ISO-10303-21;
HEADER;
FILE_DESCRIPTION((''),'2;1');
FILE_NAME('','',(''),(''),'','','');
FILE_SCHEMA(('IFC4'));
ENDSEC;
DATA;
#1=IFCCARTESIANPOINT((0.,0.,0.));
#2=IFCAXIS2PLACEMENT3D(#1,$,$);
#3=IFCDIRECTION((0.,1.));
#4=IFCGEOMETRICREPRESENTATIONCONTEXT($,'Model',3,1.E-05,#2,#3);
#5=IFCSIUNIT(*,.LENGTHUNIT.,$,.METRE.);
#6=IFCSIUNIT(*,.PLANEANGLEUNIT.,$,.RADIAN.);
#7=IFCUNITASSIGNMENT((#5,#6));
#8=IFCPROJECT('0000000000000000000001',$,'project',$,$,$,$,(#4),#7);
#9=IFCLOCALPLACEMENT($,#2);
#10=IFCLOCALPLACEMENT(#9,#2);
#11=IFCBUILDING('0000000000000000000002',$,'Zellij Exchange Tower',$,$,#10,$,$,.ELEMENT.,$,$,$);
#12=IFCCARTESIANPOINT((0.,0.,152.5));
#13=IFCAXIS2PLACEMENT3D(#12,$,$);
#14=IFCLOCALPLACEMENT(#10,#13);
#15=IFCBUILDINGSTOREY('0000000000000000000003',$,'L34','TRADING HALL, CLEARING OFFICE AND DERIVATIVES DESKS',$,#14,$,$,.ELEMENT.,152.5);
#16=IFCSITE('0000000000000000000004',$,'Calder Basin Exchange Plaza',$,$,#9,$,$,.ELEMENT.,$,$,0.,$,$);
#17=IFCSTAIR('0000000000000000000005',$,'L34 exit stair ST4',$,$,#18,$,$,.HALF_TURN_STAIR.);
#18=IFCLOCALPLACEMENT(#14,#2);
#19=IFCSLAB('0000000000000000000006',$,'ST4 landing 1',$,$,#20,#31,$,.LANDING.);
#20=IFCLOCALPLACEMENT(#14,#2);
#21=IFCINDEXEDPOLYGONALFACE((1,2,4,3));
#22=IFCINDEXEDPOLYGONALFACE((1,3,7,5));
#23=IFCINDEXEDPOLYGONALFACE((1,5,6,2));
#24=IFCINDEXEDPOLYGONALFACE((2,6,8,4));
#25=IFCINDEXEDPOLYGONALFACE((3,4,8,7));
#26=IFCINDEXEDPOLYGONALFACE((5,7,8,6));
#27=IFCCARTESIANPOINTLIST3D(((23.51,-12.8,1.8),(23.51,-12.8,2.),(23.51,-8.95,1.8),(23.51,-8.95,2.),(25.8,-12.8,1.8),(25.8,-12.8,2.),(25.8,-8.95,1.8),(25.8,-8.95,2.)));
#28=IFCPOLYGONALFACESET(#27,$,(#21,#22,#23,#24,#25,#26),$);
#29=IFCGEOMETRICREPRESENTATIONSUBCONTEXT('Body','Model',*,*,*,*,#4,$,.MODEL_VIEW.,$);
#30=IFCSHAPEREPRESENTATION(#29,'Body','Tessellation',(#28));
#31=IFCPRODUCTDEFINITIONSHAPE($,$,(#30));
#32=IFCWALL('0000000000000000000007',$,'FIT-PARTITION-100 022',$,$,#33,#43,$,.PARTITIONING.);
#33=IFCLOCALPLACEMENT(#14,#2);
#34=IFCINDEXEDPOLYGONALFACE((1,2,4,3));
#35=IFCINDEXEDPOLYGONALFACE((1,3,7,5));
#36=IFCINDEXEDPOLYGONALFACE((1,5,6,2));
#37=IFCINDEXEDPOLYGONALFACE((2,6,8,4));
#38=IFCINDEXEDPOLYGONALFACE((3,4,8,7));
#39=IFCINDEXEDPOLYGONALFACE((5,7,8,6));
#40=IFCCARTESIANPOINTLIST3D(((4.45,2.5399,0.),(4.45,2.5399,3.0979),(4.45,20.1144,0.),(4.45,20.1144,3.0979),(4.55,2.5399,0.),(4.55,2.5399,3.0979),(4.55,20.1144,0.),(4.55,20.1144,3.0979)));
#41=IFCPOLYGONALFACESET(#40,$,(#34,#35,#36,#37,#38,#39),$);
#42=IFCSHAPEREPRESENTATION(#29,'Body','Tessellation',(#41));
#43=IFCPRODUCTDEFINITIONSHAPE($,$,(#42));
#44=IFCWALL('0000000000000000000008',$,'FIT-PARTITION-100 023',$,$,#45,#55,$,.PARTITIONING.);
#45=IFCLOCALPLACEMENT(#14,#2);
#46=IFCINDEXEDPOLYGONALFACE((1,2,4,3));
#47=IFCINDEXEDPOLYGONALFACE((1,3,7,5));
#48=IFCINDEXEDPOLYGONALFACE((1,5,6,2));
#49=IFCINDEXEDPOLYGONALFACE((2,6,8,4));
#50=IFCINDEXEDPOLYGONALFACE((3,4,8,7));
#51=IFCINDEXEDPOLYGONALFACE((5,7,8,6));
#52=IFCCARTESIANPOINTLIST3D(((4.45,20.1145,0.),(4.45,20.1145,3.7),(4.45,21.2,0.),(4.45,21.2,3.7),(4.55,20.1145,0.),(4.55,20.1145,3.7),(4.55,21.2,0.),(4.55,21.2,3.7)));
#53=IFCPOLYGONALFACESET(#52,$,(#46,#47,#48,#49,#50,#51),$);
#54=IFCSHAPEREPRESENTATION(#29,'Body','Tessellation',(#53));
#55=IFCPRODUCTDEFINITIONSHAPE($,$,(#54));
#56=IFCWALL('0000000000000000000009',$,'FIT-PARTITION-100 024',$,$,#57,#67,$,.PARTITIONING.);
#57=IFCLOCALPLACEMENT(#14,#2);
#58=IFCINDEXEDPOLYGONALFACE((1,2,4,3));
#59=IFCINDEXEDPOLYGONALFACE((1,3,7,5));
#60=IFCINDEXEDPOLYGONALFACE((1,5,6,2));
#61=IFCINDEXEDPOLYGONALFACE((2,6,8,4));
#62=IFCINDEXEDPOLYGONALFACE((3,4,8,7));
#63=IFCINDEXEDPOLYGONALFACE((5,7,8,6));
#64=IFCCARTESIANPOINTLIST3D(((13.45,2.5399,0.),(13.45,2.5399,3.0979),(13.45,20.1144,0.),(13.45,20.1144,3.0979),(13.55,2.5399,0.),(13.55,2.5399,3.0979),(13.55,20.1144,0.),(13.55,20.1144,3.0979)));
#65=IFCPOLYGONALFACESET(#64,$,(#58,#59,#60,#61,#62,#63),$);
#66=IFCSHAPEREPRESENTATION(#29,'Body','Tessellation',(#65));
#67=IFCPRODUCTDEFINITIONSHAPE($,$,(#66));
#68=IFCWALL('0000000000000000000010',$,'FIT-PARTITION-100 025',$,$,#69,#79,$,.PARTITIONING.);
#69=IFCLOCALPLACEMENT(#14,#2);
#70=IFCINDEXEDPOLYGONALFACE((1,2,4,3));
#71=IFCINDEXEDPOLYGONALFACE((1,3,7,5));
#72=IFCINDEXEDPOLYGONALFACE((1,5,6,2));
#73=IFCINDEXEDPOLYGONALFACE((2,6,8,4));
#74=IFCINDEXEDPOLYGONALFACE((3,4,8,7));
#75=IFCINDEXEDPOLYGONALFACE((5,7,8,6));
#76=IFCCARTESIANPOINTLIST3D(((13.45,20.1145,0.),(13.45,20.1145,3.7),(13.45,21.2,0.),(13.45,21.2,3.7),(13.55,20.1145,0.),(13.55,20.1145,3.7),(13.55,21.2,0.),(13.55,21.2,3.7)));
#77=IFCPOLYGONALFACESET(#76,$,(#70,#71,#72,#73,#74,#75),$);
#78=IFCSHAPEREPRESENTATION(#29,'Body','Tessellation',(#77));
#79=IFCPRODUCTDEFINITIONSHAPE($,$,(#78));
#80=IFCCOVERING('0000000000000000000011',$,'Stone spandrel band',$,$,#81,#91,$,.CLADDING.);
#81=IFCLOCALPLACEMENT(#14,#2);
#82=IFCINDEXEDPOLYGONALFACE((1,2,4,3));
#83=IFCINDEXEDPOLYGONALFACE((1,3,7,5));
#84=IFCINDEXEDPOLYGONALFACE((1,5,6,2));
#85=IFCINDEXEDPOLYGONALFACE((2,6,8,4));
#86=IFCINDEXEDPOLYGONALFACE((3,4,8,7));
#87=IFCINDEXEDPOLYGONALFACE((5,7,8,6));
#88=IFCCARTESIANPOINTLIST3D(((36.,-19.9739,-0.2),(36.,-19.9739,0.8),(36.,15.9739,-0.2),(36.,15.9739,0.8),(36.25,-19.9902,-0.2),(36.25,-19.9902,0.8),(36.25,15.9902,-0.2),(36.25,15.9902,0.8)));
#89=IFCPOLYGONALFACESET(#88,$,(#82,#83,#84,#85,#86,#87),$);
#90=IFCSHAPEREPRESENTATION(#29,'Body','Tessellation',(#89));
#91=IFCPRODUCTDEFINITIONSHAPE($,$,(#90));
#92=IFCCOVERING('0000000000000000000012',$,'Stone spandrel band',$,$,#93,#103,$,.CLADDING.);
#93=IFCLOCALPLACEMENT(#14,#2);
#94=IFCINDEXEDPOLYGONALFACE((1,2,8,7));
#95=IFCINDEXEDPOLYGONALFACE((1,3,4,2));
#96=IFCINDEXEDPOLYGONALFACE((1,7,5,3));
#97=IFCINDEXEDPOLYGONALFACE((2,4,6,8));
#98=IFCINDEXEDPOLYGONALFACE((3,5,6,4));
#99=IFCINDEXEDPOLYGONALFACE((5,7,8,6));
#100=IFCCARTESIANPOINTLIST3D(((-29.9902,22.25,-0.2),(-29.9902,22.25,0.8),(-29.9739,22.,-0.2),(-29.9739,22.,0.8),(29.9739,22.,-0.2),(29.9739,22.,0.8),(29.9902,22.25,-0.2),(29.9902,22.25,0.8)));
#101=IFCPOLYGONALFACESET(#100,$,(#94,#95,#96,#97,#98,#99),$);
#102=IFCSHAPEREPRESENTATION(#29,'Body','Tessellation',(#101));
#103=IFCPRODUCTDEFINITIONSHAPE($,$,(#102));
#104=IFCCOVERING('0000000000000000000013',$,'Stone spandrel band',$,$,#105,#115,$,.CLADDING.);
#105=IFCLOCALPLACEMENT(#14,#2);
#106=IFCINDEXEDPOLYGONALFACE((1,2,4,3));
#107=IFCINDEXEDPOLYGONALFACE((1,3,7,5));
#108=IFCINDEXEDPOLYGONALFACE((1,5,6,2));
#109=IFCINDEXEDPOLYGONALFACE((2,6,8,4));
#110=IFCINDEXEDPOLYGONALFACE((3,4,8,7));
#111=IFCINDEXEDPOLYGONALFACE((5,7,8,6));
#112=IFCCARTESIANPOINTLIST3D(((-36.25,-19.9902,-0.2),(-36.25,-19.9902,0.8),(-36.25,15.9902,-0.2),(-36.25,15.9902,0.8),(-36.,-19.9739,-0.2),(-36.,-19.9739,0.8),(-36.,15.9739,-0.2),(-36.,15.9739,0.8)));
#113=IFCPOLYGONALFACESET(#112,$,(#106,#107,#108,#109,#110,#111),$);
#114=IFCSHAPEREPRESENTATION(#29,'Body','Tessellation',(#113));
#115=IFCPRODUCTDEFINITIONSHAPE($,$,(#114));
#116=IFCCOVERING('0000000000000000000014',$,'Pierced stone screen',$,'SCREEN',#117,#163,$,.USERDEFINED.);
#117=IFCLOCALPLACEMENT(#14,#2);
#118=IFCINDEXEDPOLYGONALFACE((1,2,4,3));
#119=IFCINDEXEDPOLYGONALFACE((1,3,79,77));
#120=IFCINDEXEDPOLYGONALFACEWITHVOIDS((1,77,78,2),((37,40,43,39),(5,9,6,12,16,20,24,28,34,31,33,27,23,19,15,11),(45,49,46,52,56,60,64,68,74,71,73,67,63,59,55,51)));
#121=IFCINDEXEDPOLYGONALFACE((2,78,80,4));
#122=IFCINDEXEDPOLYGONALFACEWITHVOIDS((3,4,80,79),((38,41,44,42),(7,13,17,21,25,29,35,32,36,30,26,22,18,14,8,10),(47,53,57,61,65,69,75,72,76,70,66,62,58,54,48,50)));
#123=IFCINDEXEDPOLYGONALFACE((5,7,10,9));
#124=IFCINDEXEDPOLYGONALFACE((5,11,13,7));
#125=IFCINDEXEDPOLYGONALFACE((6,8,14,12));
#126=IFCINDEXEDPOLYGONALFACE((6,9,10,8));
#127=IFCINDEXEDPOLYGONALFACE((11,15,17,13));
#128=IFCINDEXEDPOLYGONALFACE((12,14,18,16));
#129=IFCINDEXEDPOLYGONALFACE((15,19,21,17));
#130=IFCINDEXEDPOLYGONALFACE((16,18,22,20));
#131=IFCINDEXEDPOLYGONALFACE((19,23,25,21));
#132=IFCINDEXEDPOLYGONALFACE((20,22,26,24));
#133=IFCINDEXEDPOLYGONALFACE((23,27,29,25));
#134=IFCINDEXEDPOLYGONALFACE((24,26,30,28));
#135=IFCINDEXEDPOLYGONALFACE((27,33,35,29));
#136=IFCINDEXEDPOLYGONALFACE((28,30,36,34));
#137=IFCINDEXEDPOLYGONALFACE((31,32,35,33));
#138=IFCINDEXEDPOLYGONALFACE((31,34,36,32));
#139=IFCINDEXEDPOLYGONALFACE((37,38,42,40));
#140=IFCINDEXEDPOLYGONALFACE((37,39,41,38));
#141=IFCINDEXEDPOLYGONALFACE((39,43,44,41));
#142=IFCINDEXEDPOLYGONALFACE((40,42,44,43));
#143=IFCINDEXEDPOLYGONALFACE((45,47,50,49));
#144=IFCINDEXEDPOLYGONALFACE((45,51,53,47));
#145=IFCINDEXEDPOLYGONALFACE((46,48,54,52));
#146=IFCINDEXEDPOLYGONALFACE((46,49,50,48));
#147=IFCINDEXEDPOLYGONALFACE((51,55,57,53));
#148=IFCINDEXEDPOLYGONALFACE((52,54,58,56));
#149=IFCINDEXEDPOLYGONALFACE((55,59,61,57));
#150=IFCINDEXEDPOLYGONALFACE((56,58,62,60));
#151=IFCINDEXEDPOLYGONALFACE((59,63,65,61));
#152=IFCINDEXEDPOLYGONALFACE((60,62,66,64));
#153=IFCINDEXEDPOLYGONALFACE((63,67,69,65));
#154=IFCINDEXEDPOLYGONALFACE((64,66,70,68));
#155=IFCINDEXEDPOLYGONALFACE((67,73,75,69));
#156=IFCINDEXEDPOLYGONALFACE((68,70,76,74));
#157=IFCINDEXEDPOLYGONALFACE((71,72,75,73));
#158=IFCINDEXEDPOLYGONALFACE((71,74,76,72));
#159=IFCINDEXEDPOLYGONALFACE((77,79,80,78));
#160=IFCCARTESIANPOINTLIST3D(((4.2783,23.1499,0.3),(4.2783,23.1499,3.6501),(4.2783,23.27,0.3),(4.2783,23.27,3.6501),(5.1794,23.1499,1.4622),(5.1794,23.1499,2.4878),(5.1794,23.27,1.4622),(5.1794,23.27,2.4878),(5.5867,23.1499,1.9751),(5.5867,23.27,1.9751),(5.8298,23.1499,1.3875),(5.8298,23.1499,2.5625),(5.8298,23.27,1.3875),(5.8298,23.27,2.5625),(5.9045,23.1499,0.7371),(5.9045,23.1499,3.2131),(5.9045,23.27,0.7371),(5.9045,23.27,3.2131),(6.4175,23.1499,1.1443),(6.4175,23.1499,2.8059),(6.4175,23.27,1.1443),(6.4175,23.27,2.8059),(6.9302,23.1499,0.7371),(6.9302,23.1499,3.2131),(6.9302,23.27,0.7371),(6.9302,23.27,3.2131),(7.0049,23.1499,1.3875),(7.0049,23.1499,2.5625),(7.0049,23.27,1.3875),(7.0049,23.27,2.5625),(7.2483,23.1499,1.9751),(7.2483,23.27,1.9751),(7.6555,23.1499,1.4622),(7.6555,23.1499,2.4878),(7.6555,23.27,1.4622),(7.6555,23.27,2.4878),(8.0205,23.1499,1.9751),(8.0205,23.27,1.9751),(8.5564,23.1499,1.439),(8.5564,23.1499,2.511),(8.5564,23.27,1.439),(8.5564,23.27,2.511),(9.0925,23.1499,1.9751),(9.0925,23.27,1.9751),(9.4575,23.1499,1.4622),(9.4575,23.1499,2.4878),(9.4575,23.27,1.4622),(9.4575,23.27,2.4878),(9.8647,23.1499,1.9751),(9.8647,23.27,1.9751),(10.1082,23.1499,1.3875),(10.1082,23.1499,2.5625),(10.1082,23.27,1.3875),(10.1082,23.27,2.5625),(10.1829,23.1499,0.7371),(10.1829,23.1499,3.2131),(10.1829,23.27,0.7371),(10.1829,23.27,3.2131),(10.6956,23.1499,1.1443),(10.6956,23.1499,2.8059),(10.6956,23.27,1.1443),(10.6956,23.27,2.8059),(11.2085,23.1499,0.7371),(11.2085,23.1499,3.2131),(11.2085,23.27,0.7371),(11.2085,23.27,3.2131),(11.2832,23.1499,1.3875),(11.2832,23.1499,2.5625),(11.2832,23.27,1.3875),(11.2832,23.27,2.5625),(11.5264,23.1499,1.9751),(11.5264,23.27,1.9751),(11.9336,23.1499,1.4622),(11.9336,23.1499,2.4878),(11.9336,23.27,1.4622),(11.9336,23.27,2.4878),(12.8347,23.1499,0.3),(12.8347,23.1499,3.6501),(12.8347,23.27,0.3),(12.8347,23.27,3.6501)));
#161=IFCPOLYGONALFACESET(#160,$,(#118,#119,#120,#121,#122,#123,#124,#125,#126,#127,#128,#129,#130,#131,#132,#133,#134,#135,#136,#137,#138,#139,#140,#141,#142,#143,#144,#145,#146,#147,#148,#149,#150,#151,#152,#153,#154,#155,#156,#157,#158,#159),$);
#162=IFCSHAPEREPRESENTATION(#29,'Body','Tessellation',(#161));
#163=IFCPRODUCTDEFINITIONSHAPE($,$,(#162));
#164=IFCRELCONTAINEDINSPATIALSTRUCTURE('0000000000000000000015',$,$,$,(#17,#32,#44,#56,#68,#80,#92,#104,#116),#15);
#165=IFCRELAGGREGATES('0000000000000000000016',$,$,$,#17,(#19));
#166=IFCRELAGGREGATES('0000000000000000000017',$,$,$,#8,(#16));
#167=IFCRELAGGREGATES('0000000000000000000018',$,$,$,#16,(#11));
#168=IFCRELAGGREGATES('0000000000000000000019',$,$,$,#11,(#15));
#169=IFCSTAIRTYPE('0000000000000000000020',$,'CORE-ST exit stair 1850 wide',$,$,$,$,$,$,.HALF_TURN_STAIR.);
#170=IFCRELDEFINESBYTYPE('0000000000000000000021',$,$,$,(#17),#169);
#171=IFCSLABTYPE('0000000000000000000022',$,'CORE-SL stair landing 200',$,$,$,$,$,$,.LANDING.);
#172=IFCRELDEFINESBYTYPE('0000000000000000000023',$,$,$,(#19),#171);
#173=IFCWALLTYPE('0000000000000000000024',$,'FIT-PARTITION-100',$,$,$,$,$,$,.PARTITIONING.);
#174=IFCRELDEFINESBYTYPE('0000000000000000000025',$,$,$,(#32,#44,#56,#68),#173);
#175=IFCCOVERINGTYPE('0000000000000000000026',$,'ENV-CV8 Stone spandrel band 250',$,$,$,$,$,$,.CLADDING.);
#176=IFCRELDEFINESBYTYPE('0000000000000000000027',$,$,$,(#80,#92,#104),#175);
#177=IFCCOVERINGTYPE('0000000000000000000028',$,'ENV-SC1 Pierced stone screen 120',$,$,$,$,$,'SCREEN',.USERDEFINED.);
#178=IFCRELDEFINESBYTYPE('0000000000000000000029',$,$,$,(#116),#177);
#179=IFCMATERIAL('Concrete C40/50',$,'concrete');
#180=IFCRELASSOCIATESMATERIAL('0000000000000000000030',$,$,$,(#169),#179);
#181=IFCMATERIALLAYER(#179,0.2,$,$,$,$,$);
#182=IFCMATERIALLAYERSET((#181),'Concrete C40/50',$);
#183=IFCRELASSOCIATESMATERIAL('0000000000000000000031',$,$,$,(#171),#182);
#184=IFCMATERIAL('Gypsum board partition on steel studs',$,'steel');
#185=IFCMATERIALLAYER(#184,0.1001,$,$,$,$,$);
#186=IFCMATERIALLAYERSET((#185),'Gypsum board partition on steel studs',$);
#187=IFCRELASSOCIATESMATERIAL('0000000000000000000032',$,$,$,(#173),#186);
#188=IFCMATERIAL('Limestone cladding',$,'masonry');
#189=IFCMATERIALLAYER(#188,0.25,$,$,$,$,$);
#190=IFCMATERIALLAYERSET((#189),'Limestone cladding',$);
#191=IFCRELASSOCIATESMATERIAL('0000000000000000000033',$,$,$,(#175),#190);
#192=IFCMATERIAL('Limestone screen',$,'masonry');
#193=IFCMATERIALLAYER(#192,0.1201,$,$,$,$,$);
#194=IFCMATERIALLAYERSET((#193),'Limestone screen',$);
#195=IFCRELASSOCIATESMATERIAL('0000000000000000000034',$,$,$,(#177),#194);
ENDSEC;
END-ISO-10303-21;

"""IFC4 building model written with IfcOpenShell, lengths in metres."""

from ifc_helpers import new_model, si_unit, direction, frame, frame_2d, origin, place, context, subcontext, project, spatial, polyline, rectangle, outline, extrude, material, layer, layer_set, type_object, element, aggregate, save


model = new_model("IFC4")

# Units and contexts
model_context = context("Model", 3, precision=1e-05, world=origin(), true_north=direction((0.0, 1.0)))
body_context = subcontext(model_context, "Body", "Model", "MODEL_VIEW")
ifc_project = project(units=[si_unit("LENGTHUNIT", "METRE"), si_unit("PLANEANGLEUNIT", "RADIAN")], contexts=[model_context])

# Site, building, storey
site_placement = place(None, origin())
site = spatial("IfcSite", under=ifc_project, at=site_placement, Name="Calder Basin Exchange Plaza", CompositionType="ELEMENT", RefElevation=0.0)
building_placement = place(site_placement, origin())
building = spatial("IfcBuilding", under=site, at=building_placement, Name="Zellij Exchange Tower", CompositionType="ELEMENT")
storey_placement = place(building_placement, frame((0.0, 0.0, 152.5)))
storey = spatial("IfcBuildingStorey", under=building, at=storey_placement, Name="L34", Description="TRADING HALL, CLEARING OFFICE AND DERIVATIVES DESKS", CompositionType="ELEMENT", Elevation=152.5)

# Stair, slab
ifc_material_1 = material(Name="Concrete C40/50", Category="concrete")
stair_type = type_object("IfcStairType", Name="CORE-ST exit stair 1850 wide", PredefinedType="HALF_TURN_STAIR", material=ifc_material_1)
ifc_layer_1 = layer(ifc_material_1, 0.2)
ifc_layer_set_1 = layer_set([ifc_layer_1], Name="Concrete C40/50")
slab_type = type_object("IfcSlabType", Name="CORE-SL stair landing 200", PredefinedType="LANDING", material=ifc_layer_set_1)
stair_1_placement = place(storey_placement, origin())
stair_1 = element("IfcStair", 1, at=stair_1_placement, inside=storey, type_object=stair_type, Name="L34 exit stair ST4", PredefinedType="HALF_TURN_STAIR")
slab_1_placement = place(storey_placement, frame((0.0, 0.0, 1.8)))
slab_1 = element("IfcSlab", 2, at=slab_1_placement, type_object=slab_type, Name="ST4 landing 1", PredefinedType="LANDING", context=body_context, shape_type="SweptSolid", body=[
    extrude(outline(polyline([(23.51, -12.8), (25.8, -12.8), (25.8, -8.95), (23.51, -8.95), (23.51, -12.8)])), origin(), (0.0, 0.0, 1.0), 0.2),
])
aggregate(stair_1, [slab_1])

# Walls
ifc_material_2 = material(Name="Gypsum board partition on steel studs", Category="steel")
ifc_layer_2 = layer(ifc_material_2, 0.1001)
ifc_layer_set_2 = layer_set([ifc_layer_2], Name="Gypsum board partition on steel studs")
wall_type = type_object("IfcWallType", Name="FIT-PARTITION-100", PredefinedType="PARTITIONING", material=ifc_layer_set_2)
wall_1_placement = place(storey_placement, frame((4.5, 2.54, 0.0), z_axis=(0.0, 0.0, 1.0), x_axis=(0.0, 1.0, 0.0)))
element("IfcWall", 3, at=wall_1_placement, inside=storey, type_object=wall_type, Name="FIT-PARTITION-100 022", PredefinedType="PARTITIONING", context=body_context, shape_type="SweptSolid", body=[
    extrude(rectangle(XDim=17.5745, YDim=0.1001, at=frame_2d((8.7871, 0.0))), origin(), (0.0, 0.0, 1.0), 3.0979),
])
wall_2_placement = place(storey_placement, frame((4.5, 20.1145, 0.0), z_axis=(0.0, 0.0, 1.0), x_axis=(0.0, 1.0, 0.0)))
element("IfcWall", 4, at=wall_2_placement, inside=storey, type_object=wall_type, Name="FIT-PARTITION-100 023", PredefinedType="PARTITIONING", context=body_context, shape_type="SweptSolid", body=[
    extrude(rectangle(XDim=1.0854, YDim=0.1001, at=frame_2d((0.5427, 0.0))), origin(), (0.0, 0.0, 1.0), 3.7),
])
wall_3_placement = place(storey_placement, frame((13.5, 2.54, 0.0), z_axis=(0.0, 0.0, 1.0), x_axis=(0.0, 1.0, 0.0)))
element("IfcWall", 5, at=wall_3_placement, inside=storey, type_object=wall_type, Name="FIT-PARTITION-100 024", PredefinedType="PARTITIONING", context=body_context, shape_type="SweptSolid", body=[
    extrude(rectangle(XDim=17.5745, YDim=0.1001, at=frame_2d((8.7871, 0.0))), origin(), (0.0, 0.0, 1.0), 3.0979),
])
wall_4_placement = place(storey_placement, frame((13.5, 20.1145, 0.0), z_axis=(0.0, 0.0, 1.0), x_axis=(0.0, 1.0, 0.0)))
element("IfcWall", 6, at=wall_4_placement, inside=storey, type_object=wall_type, Name="FIT-PARTITION-100 025", PredefinedType="PARTITIONING", context=body_context, shape_type="SweptSolid", body=[
    extrude(rectangle(XDim=1.0854, YDim=0.1001, at=frame_2d((0.5427, 0.0))), origin(), (0.0, 0.0, 1.0), 3.7),
])

# Coverings
ifc_material_3 = material(Name="Limestone cladding", Category="masonry")
ifc_layer_3 = layer(ifc_material_3, 0.25)
ifc_layer_set_3 = layer_set([ifc_layer_3], Name="Limestone cladding")
covering_type_1 = type_object("IfcCoveringType", Name="ENV-CV8 Stone spandrel band 250", PredefinedType="CLADDING", material=ifc_layer_set_3)
covering_1_placement = place(storey_placement, frame((0.0, 0.0, -0.2)))
element("IfcCovering", 7, at=covering_1_placement, inside=storey, type_object=covering_type_1, Name="Stone spandrel band", PredefinedType="CLADDING", context=body_context, shape_type="SweptSolid", body=[
    extrude(outline(polyline([(36.0, -19.9739), (36.0, 15.9739), (36.25, 15.9902), (36.25, -19.9902), (36.0, -19.9739)])), origin(), (0.0, 0.0, 1.0), 1.0),
])
covering_2_placement = place(storey_placement, frame((0.0, 0.0, -0.2)))
element("IfcCovering", 8, at=covering_2_placement, inside=storey, type_object=covering_type_1, Name="Stone spandrel band", PredefinedType="CLADDING", context=body_context, shape_type="SweptSolid", body=[
    extrude(outline(polyline([(29.9739, 22.0), (-29.9739, 22.0), (-29.9902, 22.25), (29.9902, 22.25), (29.9739, 22.0)])), origin(), (0.0, 0.0, 1.0), 1.0),
])
covering_3_placement = place(storey_placement, frame((0.0, 0.0, -0.2)))
element("IfcCovering", 9, at=covering_3_placement, inside=storey, type_object=covering_type_1, Name="Stone spandrel band", PredefinedType="CLADDING", context=body_context, shape_type="SweptSolid", body=[
    extrude(outline(polyline([(-36.0, 15.9739), (-36.0, -19.9739), (-36.25, -19.9902), (-36.25, 15.9902), (-36.0, 15.9739)])), origin(), (0.0, 0.0, 1.0), 1.0),
])
ifc_material_4 = material(Name="Limestone screen", Category="masonry")
ifc_layer_4 = layer(ifc_material_4, 0.1201)
ifc_layer_set_4 = layer_set([ifc_layer_4], Name="Limestone screen")
covering_type_2 = type_object("IfcCoveringType", Name="ENV-SC1 Pierced stone screen 120", ElementType="SCREEN", PredefinedType="USERDEFINED", material=ifc_layer_set_4)
for number, where, z_axis, x_axis, name in (
    (10, (12.8347, 23.21, 0.3), (0.0, 0.0, 1.0), (-1.0, 0.0, 0.0), "Pierced stone screen"),
):
    element("IfcCovering", number, at=place(storey_placement, frame(where, z_axis=z_axis, x_axis=x_axis)), inside=storey, type_object=covering_type_2, Name=name, ObjectType="SCREEN", PredefinedType="USERDEFINED", context=body_context, shape_type="SweptSolid", body=[
        extrude(outline(polyline([(0.0, 0.0), (8.5564, 0.0), (8.5564, 3.3501), (0.0, 3.3501), (0.0, 0.0)]), holes=[polyline([(3.3772, 2.1877), (2.7266, 2.2625), (2.6519, 2.9131), (2.1392, 2.5059), (1.6262, 2.9131), (1.5515, 2.2625), (0.9011, 2.1877), (1.3083, 1.675), (0.9011, 1.1621), (1.5515, 1.0874), (1.6262, 0.437), (2.1392, 0.8442), (2.6519, 0.437), (2.7266, 1.0874), (3.3772, 1.1621), (2.97, 1.675), (3.3772, 2.1877)]), polyline([(7.6553, 2.1877), (7.0049, 2.2625), (6.9302, 2.9131), (6.4172, 2.5059), (5.9045, 2.9131), (5.8298, 2.2625), (5.1792, 2.1877), (5.5864, 1.675), (5.1792, 1.1621), (5.8298, 1.0874), (5.9045, 0.437), (6.4172, 0.8442), (6.9302, 0.437), (7.0049, 1.0874), (7.6553, 1.1621), (7.248, 1.675), (7.6553, 2.1877)]), polyline([(4.8142, 1.675), (4.2783, 2.2109), (3.7422, 1.675), (4.2783, 1.1389), (4.8142, 1.675)])]), frame((0.0, 0.0601, 0.0), z_axis=(0.0, -1.0, 0.0), x_axis=(1.0, 0.0, 0.0)), (0.0, 0.0, 1.0), 0.1201),
    ])

save(model, "model.ifc")
